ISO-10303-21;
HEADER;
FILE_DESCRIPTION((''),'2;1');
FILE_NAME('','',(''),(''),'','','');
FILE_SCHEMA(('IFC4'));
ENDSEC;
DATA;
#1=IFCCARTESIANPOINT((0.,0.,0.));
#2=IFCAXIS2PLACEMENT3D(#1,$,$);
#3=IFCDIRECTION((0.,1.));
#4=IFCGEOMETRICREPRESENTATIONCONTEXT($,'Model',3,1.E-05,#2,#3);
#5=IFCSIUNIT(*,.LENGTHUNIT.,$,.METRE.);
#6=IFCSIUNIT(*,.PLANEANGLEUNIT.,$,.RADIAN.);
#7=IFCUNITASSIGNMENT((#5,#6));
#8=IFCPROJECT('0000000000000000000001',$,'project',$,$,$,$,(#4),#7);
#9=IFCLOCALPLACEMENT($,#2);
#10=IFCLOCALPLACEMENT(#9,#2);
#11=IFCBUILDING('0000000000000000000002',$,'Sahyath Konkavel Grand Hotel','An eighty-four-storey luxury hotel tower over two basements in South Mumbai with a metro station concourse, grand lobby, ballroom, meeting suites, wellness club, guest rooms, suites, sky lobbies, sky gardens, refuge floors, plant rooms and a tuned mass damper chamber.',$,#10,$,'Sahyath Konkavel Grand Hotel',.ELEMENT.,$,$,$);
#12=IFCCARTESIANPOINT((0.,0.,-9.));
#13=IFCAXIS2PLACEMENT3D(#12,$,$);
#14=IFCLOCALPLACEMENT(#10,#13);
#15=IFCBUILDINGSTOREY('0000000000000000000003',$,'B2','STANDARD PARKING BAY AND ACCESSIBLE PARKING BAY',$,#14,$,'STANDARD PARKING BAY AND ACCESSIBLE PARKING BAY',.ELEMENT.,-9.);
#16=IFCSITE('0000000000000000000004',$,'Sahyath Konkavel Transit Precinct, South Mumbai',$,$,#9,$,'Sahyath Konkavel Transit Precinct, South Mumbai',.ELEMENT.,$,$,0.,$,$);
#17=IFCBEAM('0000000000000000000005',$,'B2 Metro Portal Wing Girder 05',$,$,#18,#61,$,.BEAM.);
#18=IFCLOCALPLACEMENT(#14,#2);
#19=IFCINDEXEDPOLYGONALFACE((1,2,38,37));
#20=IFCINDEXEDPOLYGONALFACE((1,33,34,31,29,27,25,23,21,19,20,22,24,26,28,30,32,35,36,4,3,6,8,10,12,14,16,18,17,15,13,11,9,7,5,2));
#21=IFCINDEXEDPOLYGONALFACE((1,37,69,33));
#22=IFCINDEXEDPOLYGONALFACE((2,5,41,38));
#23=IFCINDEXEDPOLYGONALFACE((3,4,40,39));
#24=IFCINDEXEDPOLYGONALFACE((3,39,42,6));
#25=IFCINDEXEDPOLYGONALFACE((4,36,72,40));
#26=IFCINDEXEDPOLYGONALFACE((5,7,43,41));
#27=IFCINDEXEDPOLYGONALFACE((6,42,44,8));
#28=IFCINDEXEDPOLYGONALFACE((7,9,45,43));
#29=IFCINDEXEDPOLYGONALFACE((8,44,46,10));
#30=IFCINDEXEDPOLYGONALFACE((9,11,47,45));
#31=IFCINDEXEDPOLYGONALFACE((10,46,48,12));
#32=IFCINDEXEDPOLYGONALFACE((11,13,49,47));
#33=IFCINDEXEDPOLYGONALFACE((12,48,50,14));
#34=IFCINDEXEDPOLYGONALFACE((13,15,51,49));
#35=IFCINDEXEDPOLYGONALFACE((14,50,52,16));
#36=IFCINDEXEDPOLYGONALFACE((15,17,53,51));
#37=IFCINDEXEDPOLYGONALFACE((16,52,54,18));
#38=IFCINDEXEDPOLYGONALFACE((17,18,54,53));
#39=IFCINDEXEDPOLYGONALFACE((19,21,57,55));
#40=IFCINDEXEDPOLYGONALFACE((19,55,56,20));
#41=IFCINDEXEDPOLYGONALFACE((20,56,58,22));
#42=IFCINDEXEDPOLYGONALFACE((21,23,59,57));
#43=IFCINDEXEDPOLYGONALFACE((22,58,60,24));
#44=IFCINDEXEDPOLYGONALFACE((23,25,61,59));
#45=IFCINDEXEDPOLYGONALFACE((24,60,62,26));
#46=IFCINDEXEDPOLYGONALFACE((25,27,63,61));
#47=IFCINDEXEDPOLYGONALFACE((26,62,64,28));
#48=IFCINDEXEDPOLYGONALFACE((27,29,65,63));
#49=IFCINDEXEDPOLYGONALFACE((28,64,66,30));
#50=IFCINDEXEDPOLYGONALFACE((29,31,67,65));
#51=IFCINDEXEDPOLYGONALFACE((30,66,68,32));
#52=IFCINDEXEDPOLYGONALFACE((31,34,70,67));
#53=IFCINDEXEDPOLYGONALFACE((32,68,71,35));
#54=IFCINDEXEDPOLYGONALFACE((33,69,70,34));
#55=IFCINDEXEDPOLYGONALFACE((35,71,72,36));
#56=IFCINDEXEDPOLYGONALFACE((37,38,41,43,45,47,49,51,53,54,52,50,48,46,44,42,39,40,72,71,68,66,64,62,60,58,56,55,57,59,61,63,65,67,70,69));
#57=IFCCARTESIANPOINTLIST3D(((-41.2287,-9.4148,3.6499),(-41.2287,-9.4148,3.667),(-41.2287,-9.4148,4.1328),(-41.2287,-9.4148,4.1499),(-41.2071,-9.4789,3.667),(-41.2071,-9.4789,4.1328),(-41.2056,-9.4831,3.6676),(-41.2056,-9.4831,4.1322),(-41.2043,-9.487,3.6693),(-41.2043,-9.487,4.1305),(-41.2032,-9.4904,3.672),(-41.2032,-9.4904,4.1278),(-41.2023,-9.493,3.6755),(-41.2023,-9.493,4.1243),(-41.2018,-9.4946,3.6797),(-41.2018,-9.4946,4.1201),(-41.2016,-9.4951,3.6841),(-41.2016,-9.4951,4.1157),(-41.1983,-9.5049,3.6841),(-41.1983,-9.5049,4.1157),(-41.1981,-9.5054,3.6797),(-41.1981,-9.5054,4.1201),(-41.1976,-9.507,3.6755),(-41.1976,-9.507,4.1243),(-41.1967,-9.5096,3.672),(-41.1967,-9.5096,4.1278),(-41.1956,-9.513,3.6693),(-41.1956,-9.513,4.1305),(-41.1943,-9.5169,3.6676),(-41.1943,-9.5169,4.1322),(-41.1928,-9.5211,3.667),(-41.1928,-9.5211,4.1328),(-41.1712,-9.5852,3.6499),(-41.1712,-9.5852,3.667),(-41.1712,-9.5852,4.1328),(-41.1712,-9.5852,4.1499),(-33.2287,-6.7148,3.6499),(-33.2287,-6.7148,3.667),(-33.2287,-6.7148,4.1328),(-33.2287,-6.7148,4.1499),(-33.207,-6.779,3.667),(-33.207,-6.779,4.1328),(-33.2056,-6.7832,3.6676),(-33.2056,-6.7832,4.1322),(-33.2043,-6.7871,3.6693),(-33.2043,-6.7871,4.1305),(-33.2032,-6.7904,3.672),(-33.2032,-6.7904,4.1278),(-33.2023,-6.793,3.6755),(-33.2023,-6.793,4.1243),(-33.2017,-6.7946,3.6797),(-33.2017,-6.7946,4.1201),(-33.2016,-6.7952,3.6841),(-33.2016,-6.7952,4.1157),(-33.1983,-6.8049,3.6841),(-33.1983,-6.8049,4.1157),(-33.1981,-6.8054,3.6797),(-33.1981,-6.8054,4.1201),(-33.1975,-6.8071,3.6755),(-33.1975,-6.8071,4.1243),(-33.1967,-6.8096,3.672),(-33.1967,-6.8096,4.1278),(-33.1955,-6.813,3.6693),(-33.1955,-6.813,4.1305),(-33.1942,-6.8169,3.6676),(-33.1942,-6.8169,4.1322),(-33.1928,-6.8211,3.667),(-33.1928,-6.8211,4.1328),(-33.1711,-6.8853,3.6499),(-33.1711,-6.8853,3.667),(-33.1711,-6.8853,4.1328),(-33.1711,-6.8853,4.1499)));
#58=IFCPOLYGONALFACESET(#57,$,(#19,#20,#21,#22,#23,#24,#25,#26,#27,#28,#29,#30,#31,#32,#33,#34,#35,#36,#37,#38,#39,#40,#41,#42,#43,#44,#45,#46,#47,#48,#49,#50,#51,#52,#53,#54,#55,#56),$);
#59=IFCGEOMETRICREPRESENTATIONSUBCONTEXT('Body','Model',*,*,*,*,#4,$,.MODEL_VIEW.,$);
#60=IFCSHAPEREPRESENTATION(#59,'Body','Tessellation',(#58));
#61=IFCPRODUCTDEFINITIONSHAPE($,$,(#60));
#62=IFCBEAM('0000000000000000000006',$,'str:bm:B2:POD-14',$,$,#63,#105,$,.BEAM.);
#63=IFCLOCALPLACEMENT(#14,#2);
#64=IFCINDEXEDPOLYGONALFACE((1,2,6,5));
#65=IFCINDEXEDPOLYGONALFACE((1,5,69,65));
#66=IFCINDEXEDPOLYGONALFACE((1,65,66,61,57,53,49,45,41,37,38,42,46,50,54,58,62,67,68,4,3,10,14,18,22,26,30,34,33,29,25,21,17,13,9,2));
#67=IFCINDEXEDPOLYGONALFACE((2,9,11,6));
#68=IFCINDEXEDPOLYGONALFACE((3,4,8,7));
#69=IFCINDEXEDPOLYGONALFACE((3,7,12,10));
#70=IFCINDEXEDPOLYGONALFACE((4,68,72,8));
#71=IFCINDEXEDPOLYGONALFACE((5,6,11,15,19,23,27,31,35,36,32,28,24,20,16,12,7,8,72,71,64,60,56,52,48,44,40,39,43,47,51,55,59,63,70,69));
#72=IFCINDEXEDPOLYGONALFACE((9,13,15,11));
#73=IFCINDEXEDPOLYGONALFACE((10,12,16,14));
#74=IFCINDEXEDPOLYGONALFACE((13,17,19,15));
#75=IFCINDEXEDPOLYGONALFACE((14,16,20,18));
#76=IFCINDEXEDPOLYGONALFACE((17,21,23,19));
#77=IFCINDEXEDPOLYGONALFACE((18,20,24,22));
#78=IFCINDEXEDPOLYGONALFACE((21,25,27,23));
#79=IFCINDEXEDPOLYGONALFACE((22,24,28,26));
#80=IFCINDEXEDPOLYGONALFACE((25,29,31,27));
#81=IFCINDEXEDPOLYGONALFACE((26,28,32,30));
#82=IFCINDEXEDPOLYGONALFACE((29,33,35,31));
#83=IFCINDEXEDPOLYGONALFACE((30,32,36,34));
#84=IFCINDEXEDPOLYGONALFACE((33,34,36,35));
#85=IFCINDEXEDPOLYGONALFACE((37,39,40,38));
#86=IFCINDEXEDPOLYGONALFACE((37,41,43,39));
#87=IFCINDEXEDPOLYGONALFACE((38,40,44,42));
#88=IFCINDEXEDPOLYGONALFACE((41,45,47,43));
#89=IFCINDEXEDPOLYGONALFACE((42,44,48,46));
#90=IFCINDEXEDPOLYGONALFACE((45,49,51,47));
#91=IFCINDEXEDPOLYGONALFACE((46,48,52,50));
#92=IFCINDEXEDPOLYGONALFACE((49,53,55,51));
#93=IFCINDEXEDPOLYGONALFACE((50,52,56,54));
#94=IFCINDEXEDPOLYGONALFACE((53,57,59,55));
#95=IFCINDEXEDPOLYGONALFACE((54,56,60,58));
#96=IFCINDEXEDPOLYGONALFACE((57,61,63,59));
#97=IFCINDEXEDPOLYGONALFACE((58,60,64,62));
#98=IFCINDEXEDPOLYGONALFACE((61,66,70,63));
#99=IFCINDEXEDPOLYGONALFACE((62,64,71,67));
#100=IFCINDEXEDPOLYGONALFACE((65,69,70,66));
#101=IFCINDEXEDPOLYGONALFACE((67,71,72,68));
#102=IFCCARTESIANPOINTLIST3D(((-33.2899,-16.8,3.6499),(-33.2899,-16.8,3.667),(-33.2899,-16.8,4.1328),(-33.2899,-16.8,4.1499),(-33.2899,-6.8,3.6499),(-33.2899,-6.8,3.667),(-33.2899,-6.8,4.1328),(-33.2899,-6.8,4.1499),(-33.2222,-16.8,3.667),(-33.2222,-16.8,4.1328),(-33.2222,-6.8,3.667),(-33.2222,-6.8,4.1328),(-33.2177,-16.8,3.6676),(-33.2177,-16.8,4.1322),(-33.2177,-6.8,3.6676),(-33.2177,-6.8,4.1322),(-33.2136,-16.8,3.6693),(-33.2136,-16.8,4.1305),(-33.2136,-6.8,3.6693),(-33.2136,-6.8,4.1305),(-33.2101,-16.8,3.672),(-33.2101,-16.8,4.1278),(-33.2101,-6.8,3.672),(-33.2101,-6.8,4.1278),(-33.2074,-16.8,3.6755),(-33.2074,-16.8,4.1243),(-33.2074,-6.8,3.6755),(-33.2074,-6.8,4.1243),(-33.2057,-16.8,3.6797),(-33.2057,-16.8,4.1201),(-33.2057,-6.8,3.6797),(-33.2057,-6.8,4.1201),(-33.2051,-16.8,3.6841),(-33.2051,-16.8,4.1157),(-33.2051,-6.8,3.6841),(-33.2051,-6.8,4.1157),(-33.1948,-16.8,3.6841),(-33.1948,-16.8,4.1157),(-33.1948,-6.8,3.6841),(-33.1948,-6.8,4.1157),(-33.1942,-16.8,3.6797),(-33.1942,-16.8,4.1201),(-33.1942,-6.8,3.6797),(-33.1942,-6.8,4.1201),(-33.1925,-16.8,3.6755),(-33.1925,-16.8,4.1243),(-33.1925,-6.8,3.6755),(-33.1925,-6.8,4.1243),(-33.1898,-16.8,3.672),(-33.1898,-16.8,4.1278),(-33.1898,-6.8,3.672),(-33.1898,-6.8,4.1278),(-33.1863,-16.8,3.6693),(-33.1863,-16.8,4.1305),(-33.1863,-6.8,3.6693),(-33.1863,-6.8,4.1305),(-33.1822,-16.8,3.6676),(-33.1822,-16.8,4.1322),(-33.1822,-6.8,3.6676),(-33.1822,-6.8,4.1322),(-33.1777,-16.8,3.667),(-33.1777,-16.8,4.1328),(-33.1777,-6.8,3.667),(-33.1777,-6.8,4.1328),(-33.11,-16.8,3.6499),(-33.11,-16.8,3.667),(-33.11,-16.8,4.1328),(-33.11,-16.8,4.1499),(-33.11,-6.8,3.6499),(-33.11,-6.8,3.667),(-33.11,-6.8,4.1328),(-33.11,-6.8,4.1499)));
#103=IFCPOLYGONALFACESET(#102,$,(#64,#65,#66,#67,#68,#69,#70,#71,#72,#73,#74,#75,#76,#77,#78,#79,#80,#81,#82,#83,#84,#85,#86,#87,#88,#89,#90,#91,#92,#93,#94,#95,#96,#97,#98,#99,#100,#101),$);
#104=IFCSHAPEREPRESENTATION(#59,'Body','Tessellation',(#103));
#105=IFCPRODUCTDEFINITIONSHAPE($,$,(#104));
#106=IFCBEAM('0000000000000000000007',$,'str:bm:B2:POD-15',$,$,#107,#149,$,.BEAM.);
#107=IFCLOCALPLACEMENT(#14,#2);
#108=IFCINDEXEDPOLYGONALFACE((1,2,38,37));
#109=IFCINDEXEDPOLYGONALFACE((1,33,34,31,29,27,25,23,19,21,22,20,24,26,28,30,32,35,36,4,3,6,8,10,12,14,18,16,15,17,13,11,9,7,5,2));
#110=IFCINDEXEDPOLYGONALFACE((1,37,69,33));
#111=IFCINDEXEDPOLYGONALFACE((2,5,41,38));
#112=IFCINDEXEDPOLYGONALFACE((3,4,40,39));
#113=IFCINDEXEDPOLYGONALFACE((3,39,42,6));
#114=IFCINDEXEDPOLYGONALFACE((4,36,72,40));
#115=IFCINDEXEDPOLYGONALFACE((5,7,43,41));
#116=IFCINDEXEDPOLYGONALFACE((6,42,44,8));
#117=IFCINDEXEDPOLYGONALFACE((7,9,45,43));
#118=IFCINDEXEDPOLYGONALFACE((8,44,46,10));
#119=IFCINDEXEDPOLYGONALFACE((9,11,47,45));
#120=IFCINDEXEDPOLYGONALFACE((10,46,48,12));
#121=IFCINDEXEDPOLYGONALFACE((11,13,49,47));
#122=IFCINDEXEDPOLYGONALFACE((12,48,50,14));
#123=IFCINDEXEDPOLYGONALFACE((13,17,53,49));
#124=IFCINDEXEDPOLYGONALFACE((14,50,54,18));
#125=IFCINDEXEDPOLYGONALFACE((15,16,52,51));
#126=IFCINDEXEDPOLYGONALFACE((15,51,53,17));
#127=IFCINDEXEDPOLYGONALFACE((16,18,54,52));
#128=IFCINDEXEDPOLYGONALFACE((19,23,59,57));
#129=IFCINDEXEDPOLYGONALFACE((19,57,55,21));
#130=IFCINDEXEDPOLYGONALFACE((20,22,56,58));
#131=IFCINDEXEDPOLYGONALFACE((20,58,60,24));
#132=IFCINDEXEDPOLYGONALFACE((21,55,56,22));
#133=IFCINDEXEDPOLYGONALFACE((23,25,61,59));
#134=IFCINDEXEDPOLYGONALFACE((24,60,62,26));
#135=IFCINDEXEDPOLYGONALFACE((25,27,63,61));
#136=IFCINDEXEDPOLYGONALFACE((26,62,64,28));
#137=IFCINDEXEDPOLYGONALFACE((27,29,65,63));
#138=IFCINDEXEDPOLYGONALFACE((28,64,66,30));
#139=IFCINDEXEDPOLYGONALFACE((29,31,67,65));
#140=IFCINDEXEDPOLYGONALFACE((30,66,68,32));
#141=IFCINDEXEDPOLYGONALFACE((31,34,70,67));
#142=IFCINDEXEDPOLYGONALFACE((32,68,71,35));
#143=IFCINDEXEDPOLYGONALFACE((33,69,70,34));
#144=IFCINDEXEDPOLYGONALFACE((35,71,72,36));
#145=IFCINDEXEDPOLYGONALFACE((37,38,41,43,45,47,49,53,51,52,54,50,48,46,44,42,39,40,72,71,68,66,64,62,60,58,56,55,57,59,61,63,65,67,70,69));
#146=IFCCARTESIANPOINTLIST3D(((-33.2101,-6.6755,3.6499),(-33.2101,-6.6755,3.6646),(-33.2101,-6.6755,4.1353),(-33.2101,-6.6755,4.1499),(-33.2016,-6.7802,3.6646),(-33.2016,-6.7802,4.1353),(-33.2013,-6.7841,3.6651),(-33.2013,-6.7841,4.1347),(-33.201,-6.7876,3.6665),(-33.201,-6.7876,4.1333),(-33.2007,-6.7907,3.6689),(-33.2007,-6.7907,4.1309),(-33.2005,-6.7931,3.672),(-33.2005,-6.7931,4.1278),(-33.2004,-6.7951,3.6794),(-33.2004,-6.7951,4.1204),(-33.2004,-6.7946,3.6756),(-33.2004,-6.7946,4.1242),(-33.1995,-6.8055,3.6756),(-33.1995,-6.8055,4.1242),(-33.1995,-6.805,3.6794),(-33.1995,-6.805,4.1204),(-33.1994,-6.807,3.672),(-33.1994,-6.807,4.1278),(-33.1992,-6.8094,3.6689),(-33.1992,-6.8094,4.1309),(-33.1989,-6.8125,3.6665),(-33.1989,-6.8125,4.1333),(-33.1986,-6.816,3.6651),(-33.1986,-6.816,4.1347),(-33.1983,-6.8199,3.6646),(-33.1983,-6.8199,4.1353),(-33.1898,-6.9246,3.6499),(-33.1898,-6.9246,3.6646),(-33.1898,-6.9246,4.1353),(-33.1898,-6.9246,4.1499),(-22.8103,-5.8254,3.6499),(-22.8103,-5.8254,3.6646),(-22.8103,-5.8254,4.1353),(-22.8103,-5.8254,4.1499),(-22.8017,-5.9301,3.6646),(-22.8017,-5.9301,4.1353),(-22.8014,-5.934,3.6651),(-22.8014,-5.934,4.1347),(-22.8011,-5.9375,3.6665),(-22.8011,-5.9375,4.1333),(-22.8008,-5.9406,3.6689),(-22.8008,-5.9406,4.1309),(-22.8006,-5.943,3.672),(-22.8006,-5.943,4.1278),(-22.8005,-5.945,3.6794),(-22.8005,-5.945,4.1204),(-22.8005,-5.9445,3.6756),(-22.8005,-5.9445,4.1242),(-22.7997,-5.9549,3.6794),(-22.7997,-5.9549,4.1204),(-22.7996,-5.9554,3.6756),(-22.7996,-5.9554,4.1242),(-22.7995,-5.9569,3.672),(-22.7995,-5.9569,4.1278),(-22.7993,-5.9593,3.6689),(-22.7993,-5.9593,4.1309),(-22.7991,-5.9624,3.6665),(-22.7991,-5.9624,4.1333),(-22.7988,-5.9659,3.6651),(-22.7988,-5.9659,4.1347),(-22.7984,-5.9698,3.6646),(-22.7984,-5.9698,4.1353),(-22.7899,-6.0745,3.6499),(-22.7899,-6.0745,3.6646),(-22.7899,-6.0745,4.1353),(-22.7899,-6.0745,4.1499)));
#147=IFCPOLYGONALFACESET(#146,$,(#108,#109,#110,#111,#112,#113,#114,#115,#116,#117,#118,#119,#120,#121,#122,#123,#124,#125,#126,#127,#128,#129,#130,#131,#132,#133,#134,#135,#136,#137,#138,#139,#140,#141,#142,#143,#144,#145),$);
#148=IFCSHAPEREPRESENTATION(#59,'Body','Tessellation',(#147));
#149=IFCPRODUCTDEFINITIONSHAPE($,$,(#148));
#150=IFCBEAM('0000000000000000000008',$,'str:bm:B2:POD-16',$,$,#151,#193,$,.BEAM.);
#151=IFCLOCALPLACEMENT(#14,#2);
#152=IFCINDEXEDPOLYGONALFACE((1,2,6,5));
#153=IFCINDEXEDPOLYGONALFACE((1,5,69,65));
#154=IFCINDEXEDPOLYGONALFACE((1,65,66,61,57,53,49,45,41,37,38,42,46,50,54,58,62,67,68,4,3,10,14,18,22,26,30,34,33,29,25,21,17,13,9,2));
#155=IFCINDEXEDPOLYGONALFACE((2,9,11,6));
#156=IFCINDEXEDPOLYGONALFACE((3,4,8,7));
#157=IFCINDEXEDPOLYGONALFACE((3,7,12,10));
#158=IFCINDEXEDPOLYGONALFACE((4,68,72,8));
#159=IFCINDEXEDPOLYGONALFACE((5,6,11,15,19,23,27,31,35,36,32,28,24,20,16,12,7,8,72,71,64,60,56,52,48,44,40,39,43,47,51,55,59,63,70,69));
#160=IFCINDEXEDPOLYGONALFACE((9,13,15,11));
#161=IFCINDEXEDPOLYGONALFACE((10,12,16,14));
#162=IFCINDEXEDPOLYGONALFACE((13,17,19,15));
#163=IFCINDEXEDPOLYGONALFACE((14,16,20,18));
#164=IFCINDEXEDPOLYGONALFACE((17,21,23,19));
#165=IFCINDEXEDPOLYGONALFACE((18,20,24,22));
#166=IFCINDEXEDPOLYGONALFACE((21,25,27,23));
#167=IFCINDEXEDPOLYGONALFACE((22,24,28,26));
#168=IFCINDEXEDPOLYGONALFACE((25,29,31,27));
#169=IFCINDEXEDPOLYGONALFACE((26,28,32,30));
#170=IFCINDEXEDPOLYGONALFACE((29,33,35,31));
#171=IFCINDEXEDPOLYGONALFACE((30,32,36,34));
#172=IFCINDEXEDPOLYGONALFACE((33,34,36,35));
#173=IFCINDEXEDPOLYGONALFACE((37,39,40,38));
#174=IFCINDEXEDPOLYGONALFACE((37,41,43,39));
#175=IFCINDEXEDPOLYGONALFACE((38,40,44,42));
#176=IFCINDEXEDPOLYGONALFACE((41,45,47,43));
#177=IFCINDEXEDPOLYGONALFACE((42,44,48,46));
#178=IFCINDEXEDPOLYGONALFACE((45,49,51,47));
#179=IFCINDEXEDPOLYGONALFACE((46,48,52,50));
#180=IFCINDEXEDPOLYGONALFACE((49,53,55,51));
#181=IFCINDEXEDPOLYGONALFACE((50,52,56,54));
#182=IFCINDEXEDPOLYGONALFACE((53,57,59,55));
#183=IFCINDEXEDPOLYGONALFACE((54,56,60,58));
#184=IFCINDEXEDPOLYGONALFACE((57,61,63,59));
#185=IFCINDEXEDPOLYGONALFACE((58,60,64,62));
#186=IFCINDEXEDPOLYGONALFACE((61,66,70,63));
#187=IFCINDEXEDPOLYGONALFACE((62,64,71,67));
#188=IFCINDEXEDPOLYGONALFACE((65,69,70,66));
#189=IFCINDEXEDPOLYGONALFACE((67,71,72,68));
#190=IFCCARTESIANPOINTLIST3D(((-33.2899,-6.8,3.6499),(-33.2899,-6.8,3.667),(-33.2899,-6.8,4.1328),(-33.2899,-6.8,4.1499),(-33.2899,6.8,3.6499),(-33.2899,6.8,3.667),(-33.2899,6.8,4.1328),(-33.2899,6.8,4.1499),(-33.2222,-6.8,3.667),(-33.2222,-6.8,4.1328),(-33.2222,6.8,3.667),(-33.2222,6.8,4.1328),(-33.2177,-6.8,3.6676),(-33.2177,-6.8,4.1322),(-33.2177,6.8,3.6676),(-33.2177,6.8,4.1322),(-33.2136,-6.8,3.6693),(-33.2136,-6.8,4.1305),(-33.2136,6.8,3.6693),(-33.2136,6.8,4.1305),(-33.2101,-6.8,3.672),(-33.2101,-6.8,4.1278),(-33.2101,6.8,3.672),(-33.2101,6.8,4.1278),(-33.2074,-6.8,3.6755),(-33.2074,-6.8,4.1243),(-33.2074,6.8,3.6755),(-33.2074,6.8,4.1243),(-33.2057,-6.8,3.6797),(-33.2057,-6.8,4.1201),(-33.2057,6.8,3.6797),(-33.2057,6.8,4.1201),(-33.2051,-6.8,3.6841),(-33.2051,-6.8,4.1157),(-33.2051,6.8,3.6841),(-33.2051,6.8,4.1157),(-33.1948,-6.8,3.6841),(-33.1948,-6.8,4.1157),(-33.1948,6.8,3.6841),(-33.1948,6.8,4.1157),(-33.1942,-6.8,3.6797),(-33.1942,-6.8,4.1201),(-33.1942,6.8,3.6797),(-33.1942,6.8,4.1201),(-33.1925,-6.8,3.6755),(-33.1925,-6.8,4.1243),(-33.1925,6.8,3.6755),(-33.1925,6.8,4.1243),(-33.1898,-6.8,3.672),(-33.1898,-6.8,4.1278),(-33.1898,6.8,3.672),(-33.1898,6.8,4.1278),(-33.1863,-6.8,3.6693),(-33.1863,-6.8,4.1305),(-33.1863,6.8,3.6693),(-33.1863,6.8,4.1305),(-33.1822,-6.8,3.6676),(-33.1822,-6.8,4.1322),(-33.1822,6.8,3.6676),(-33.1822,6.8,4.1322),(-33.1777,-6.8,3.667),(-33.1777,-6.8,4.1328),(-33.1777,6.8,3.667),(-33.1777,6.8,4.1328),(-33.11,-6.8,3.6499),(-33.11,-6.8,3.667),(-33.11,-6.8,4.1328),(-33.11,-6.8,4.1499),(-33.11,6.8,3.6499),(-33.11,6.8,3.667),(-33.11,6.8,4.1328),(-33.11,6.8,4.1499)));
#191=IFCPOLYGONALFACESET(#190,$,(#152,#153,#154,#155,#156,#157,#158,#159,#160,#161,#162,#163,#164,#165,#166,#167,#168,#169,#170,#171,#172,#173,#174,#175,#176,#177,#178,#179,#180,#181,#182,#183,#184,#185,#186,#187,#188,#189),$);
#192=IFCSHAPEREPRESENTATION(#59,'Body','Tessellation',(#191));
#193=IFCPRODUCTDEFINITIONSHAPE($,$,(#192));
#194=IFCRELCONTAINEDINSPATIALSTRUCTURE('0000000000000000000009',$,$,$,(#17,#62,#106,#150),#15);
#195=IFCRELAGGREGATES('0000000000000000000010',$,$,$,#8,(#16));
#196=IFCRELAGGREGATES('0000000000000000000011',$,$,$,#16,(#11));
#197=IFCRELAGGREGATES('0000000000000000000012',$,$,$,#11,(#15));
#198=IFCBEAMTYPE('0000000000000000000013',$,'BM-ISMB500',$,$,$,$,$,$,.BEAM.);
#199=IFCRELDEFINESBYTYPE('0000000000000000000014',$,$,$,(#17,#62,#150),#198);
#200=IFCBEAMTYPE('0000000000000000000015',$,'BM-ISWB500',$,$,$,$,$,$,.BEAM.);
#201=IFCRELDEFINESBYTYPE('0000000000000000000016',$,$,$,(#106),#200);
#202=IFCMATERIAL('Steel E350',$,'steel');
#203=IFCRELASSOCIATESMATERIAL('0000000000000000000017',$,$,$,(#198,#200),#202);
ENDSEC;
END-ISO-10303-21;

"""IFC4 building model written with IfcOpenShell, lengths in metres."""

from ifc_helpers import new_model, si_unit, direction, frame, origin, origin_2d, place, context, subcontext, project, spatial, i_section, extrude, source, transform, mapped, material, material_profile, profile_set, type_object, element, save


model = new_model("IFC4")

# Units and contexts
model_context = context("Model", 3, precision=1e-05, world=origin(), true_north=direction((0.0, 1.0)))
body_context = subcontext(model_context, "Body", "Model", "MODEL_VIEW")
ifc_project = project(units=[si_unit("LENGTHUNIT", "METRE"), si_unit("PLANEANGLEUNIT", "RADIAN")], contexts=[model_context])

# Site, building, storey
site_placement = place(None, origin())
site = spatial("IfcSite", under=ifc_project, at=site_placement, Name="Sahyath Konkavel Transit Precinct, South Mumbai", LongName="Sahyath Konkavel Transit Precinct, South Mumbai", CompositionType="ELEMENT", RefElevation=0.0)
building_placement = place(site_placement, origin())
building = spatial("IfcBuilding", under=site, at=building_placement, Name="Sahyath Konkavel Grand Hotel", Description="An eighty-four-storey luxury hotel tower over two basements in South Mumbai with a metro station concourse, grand lobby, ballroom, meeting suites, wellness club, guest rooms, suites, sky lobbies, sky gardens, refuge floors, plant rooms and a tuned mass damper chamber.", LongName="Sahyath Konkavel Grand Hotel", CompositionType="ELEMENT")
storey_placement = place(building_placement, frame((0.0, 0.0, -9.0)))
storey = spatial("IfcBuildingStorey", under=building, at=storey_placement, Name="B2", Description="STANDARD PARKING BAY AND ACCESSIBLE PARKING BAY", LongName="STANDARD PARKING BAY AND ACCESSIBLE PARKING BAY", CompositionType="ELEMENT", Elevation=-9.0)

# Beams
ifc_material_1 = material(Name="Steel E350", Category="steel")
ifc_material_profile_1 = material_profile(ifc_material_1, i_section(OverallWidth=0.1799, OverallDepth=0.5, WebThickness=0.0103, FlangeThickness=0.0171, FilletRadius=0.0171, at=origin_2d()), Name="ISMB 500")
ifc_profile_set_1 = profile_set([ifc_material_profile_1], Name="Steel E350")
beam_type_1 = type_object("IfcBeamType", Name="BM-ISMB500", PredefinedType="BEAM", material=ifc_profile_set_1)
shared_shape_1 = source(origin(), body_context, "Body", "SweptSolid", [
    extrude(i_section(OverallWidth=0.1799, OverallDepth=0.5, WebThickness=0.0103, FlangeThickness=0.0171, FilletRadius=0.0171, at=origin_2d()), origin(), (0.0, 0.0, 1.0), 8.4434),
])
beam_1_placement = place(storey_placement, frame((-41.2, -9.5, 3.8999), z_axis=(0.947494, 0.319773, 0.0), x_axis=(-0.319773, 0.947494, 0.0)))
element("IfcBeam", 1, at=beam_1_placement, inside=storey, type_object=beam_type_1, Name="B2 Metro Portal Wing Girder 05", PredefinedType="BEAM", context=body_context, shape_type="MappedRepresentation", body=[
    mapped(shared_shape_1, transform((0.0, 0.0, 0.0), scale=1.0)),
])
shared_shape_2 = source(origin(), body_context, "Body", "SweptSolid", [
    extrude(i_section(OverallWidth=0.1799, OverallDepth=0.5, WebThickness=0.0103, FlangeThickness=0.0171, FilletRadius=0.0171, at=origin_2d()), origin(), (0.0, 0.0, 1.0), 10.0),
])
beam_2_placement = place(storey_placement, frame((-33.2, -16.8, 3.8999), z_axis=(0.0, 1.0, 0.0), x_axis=(-1.0, 0.0, 0.0)))
element("IfcBeam", 2, at=beam_2_placement, inside=storey, type_object=beam_type_1, Name="str:bm:B2:POD-14", PredefinedType="BEAM", context=body_context, shape_type="MappedRepresentation", body=[
    mapped(shared_shape_2, transform((0.0, 0.0, 0.0), scale=1.0)),
])
ifc_material_profile_2 = material_profile(ifc_material_1, i_section(OverallWidth=0.25, OverallDepth=0.5, WebThickness=0.01, FlangeThickness=0.0146, FilletRadius=0.0149, at=origin_2d()), Name="ISWB 500")
ifc_profile_set_2 = profile_set([ifc_material_profile_2], Name="Steel E350")
beam_type_2 = type_object("IfcBeamType", Name="BM-ISWB500", PredefinedType="BEAM", material=ifc_profile_set_2)
shared_shape_3 = source(origin(), body_context, "Body", "SweptSolid", [
    extrude(i_section(OverallWidth=0.25, OverallDepth=0.5, WebThickness=0.01, FlangeThickness=0.0146, FilletRadius=0.0149, at=origin_2d()), origin(), (0.0, 0.0, 1.0), 10.4346),
])
beam_3_placement = place(storey_placement, frame((-33.2, -6.8, 3.8999), z_axis=(0.996676, 0.081469, 0.0), x_axis=(-0.081469, 0.996676, 0.0)))
element("IfcBeam", 3, at=beam_3_placement, inside=storey, type_object=beam_type_2, Name="str:bm:B2:POD-15", PredefinedType="BEAM", context=body_context, shape_type="MappedRepresentation", body=[
    mapped(shared_shape_3, transform((0.0, 0.0, 0.0), scale=1.0)),
])
shared_shape_4 = source(origin(), body_context, "Body", "SweptSolid", [
    extrude(i_section(OverallWidth=0.1799, OverallDepth=0.5, WebThickness=0.0103, FlangeThickness=0.0171, FilletRadius=0.0171, at=origin_2d()), origin(), (0.0, 0.0, 1.0), 13.6001),
])
beam_4_placement = place(storey_placement, frame((-33.2, -6.8, 3.8999), z_axis=(0.0, 1.0, 0.0), x_axis=(-1.0, 0.0, 0.0)))
element("IfcBeam", 4, at=beam_4_placement, inside=storey, type_object=beam_type_1, Name="str:bm:B2:POD-16", PredefinedType="BEAM", context=body_context, shape_type="MappedRepresentation", body=[
    mapped(shared_shape_4, transform((0.0, 0.0, 0.0), scale=1.0)),
])

save(model, "model.ifc")
